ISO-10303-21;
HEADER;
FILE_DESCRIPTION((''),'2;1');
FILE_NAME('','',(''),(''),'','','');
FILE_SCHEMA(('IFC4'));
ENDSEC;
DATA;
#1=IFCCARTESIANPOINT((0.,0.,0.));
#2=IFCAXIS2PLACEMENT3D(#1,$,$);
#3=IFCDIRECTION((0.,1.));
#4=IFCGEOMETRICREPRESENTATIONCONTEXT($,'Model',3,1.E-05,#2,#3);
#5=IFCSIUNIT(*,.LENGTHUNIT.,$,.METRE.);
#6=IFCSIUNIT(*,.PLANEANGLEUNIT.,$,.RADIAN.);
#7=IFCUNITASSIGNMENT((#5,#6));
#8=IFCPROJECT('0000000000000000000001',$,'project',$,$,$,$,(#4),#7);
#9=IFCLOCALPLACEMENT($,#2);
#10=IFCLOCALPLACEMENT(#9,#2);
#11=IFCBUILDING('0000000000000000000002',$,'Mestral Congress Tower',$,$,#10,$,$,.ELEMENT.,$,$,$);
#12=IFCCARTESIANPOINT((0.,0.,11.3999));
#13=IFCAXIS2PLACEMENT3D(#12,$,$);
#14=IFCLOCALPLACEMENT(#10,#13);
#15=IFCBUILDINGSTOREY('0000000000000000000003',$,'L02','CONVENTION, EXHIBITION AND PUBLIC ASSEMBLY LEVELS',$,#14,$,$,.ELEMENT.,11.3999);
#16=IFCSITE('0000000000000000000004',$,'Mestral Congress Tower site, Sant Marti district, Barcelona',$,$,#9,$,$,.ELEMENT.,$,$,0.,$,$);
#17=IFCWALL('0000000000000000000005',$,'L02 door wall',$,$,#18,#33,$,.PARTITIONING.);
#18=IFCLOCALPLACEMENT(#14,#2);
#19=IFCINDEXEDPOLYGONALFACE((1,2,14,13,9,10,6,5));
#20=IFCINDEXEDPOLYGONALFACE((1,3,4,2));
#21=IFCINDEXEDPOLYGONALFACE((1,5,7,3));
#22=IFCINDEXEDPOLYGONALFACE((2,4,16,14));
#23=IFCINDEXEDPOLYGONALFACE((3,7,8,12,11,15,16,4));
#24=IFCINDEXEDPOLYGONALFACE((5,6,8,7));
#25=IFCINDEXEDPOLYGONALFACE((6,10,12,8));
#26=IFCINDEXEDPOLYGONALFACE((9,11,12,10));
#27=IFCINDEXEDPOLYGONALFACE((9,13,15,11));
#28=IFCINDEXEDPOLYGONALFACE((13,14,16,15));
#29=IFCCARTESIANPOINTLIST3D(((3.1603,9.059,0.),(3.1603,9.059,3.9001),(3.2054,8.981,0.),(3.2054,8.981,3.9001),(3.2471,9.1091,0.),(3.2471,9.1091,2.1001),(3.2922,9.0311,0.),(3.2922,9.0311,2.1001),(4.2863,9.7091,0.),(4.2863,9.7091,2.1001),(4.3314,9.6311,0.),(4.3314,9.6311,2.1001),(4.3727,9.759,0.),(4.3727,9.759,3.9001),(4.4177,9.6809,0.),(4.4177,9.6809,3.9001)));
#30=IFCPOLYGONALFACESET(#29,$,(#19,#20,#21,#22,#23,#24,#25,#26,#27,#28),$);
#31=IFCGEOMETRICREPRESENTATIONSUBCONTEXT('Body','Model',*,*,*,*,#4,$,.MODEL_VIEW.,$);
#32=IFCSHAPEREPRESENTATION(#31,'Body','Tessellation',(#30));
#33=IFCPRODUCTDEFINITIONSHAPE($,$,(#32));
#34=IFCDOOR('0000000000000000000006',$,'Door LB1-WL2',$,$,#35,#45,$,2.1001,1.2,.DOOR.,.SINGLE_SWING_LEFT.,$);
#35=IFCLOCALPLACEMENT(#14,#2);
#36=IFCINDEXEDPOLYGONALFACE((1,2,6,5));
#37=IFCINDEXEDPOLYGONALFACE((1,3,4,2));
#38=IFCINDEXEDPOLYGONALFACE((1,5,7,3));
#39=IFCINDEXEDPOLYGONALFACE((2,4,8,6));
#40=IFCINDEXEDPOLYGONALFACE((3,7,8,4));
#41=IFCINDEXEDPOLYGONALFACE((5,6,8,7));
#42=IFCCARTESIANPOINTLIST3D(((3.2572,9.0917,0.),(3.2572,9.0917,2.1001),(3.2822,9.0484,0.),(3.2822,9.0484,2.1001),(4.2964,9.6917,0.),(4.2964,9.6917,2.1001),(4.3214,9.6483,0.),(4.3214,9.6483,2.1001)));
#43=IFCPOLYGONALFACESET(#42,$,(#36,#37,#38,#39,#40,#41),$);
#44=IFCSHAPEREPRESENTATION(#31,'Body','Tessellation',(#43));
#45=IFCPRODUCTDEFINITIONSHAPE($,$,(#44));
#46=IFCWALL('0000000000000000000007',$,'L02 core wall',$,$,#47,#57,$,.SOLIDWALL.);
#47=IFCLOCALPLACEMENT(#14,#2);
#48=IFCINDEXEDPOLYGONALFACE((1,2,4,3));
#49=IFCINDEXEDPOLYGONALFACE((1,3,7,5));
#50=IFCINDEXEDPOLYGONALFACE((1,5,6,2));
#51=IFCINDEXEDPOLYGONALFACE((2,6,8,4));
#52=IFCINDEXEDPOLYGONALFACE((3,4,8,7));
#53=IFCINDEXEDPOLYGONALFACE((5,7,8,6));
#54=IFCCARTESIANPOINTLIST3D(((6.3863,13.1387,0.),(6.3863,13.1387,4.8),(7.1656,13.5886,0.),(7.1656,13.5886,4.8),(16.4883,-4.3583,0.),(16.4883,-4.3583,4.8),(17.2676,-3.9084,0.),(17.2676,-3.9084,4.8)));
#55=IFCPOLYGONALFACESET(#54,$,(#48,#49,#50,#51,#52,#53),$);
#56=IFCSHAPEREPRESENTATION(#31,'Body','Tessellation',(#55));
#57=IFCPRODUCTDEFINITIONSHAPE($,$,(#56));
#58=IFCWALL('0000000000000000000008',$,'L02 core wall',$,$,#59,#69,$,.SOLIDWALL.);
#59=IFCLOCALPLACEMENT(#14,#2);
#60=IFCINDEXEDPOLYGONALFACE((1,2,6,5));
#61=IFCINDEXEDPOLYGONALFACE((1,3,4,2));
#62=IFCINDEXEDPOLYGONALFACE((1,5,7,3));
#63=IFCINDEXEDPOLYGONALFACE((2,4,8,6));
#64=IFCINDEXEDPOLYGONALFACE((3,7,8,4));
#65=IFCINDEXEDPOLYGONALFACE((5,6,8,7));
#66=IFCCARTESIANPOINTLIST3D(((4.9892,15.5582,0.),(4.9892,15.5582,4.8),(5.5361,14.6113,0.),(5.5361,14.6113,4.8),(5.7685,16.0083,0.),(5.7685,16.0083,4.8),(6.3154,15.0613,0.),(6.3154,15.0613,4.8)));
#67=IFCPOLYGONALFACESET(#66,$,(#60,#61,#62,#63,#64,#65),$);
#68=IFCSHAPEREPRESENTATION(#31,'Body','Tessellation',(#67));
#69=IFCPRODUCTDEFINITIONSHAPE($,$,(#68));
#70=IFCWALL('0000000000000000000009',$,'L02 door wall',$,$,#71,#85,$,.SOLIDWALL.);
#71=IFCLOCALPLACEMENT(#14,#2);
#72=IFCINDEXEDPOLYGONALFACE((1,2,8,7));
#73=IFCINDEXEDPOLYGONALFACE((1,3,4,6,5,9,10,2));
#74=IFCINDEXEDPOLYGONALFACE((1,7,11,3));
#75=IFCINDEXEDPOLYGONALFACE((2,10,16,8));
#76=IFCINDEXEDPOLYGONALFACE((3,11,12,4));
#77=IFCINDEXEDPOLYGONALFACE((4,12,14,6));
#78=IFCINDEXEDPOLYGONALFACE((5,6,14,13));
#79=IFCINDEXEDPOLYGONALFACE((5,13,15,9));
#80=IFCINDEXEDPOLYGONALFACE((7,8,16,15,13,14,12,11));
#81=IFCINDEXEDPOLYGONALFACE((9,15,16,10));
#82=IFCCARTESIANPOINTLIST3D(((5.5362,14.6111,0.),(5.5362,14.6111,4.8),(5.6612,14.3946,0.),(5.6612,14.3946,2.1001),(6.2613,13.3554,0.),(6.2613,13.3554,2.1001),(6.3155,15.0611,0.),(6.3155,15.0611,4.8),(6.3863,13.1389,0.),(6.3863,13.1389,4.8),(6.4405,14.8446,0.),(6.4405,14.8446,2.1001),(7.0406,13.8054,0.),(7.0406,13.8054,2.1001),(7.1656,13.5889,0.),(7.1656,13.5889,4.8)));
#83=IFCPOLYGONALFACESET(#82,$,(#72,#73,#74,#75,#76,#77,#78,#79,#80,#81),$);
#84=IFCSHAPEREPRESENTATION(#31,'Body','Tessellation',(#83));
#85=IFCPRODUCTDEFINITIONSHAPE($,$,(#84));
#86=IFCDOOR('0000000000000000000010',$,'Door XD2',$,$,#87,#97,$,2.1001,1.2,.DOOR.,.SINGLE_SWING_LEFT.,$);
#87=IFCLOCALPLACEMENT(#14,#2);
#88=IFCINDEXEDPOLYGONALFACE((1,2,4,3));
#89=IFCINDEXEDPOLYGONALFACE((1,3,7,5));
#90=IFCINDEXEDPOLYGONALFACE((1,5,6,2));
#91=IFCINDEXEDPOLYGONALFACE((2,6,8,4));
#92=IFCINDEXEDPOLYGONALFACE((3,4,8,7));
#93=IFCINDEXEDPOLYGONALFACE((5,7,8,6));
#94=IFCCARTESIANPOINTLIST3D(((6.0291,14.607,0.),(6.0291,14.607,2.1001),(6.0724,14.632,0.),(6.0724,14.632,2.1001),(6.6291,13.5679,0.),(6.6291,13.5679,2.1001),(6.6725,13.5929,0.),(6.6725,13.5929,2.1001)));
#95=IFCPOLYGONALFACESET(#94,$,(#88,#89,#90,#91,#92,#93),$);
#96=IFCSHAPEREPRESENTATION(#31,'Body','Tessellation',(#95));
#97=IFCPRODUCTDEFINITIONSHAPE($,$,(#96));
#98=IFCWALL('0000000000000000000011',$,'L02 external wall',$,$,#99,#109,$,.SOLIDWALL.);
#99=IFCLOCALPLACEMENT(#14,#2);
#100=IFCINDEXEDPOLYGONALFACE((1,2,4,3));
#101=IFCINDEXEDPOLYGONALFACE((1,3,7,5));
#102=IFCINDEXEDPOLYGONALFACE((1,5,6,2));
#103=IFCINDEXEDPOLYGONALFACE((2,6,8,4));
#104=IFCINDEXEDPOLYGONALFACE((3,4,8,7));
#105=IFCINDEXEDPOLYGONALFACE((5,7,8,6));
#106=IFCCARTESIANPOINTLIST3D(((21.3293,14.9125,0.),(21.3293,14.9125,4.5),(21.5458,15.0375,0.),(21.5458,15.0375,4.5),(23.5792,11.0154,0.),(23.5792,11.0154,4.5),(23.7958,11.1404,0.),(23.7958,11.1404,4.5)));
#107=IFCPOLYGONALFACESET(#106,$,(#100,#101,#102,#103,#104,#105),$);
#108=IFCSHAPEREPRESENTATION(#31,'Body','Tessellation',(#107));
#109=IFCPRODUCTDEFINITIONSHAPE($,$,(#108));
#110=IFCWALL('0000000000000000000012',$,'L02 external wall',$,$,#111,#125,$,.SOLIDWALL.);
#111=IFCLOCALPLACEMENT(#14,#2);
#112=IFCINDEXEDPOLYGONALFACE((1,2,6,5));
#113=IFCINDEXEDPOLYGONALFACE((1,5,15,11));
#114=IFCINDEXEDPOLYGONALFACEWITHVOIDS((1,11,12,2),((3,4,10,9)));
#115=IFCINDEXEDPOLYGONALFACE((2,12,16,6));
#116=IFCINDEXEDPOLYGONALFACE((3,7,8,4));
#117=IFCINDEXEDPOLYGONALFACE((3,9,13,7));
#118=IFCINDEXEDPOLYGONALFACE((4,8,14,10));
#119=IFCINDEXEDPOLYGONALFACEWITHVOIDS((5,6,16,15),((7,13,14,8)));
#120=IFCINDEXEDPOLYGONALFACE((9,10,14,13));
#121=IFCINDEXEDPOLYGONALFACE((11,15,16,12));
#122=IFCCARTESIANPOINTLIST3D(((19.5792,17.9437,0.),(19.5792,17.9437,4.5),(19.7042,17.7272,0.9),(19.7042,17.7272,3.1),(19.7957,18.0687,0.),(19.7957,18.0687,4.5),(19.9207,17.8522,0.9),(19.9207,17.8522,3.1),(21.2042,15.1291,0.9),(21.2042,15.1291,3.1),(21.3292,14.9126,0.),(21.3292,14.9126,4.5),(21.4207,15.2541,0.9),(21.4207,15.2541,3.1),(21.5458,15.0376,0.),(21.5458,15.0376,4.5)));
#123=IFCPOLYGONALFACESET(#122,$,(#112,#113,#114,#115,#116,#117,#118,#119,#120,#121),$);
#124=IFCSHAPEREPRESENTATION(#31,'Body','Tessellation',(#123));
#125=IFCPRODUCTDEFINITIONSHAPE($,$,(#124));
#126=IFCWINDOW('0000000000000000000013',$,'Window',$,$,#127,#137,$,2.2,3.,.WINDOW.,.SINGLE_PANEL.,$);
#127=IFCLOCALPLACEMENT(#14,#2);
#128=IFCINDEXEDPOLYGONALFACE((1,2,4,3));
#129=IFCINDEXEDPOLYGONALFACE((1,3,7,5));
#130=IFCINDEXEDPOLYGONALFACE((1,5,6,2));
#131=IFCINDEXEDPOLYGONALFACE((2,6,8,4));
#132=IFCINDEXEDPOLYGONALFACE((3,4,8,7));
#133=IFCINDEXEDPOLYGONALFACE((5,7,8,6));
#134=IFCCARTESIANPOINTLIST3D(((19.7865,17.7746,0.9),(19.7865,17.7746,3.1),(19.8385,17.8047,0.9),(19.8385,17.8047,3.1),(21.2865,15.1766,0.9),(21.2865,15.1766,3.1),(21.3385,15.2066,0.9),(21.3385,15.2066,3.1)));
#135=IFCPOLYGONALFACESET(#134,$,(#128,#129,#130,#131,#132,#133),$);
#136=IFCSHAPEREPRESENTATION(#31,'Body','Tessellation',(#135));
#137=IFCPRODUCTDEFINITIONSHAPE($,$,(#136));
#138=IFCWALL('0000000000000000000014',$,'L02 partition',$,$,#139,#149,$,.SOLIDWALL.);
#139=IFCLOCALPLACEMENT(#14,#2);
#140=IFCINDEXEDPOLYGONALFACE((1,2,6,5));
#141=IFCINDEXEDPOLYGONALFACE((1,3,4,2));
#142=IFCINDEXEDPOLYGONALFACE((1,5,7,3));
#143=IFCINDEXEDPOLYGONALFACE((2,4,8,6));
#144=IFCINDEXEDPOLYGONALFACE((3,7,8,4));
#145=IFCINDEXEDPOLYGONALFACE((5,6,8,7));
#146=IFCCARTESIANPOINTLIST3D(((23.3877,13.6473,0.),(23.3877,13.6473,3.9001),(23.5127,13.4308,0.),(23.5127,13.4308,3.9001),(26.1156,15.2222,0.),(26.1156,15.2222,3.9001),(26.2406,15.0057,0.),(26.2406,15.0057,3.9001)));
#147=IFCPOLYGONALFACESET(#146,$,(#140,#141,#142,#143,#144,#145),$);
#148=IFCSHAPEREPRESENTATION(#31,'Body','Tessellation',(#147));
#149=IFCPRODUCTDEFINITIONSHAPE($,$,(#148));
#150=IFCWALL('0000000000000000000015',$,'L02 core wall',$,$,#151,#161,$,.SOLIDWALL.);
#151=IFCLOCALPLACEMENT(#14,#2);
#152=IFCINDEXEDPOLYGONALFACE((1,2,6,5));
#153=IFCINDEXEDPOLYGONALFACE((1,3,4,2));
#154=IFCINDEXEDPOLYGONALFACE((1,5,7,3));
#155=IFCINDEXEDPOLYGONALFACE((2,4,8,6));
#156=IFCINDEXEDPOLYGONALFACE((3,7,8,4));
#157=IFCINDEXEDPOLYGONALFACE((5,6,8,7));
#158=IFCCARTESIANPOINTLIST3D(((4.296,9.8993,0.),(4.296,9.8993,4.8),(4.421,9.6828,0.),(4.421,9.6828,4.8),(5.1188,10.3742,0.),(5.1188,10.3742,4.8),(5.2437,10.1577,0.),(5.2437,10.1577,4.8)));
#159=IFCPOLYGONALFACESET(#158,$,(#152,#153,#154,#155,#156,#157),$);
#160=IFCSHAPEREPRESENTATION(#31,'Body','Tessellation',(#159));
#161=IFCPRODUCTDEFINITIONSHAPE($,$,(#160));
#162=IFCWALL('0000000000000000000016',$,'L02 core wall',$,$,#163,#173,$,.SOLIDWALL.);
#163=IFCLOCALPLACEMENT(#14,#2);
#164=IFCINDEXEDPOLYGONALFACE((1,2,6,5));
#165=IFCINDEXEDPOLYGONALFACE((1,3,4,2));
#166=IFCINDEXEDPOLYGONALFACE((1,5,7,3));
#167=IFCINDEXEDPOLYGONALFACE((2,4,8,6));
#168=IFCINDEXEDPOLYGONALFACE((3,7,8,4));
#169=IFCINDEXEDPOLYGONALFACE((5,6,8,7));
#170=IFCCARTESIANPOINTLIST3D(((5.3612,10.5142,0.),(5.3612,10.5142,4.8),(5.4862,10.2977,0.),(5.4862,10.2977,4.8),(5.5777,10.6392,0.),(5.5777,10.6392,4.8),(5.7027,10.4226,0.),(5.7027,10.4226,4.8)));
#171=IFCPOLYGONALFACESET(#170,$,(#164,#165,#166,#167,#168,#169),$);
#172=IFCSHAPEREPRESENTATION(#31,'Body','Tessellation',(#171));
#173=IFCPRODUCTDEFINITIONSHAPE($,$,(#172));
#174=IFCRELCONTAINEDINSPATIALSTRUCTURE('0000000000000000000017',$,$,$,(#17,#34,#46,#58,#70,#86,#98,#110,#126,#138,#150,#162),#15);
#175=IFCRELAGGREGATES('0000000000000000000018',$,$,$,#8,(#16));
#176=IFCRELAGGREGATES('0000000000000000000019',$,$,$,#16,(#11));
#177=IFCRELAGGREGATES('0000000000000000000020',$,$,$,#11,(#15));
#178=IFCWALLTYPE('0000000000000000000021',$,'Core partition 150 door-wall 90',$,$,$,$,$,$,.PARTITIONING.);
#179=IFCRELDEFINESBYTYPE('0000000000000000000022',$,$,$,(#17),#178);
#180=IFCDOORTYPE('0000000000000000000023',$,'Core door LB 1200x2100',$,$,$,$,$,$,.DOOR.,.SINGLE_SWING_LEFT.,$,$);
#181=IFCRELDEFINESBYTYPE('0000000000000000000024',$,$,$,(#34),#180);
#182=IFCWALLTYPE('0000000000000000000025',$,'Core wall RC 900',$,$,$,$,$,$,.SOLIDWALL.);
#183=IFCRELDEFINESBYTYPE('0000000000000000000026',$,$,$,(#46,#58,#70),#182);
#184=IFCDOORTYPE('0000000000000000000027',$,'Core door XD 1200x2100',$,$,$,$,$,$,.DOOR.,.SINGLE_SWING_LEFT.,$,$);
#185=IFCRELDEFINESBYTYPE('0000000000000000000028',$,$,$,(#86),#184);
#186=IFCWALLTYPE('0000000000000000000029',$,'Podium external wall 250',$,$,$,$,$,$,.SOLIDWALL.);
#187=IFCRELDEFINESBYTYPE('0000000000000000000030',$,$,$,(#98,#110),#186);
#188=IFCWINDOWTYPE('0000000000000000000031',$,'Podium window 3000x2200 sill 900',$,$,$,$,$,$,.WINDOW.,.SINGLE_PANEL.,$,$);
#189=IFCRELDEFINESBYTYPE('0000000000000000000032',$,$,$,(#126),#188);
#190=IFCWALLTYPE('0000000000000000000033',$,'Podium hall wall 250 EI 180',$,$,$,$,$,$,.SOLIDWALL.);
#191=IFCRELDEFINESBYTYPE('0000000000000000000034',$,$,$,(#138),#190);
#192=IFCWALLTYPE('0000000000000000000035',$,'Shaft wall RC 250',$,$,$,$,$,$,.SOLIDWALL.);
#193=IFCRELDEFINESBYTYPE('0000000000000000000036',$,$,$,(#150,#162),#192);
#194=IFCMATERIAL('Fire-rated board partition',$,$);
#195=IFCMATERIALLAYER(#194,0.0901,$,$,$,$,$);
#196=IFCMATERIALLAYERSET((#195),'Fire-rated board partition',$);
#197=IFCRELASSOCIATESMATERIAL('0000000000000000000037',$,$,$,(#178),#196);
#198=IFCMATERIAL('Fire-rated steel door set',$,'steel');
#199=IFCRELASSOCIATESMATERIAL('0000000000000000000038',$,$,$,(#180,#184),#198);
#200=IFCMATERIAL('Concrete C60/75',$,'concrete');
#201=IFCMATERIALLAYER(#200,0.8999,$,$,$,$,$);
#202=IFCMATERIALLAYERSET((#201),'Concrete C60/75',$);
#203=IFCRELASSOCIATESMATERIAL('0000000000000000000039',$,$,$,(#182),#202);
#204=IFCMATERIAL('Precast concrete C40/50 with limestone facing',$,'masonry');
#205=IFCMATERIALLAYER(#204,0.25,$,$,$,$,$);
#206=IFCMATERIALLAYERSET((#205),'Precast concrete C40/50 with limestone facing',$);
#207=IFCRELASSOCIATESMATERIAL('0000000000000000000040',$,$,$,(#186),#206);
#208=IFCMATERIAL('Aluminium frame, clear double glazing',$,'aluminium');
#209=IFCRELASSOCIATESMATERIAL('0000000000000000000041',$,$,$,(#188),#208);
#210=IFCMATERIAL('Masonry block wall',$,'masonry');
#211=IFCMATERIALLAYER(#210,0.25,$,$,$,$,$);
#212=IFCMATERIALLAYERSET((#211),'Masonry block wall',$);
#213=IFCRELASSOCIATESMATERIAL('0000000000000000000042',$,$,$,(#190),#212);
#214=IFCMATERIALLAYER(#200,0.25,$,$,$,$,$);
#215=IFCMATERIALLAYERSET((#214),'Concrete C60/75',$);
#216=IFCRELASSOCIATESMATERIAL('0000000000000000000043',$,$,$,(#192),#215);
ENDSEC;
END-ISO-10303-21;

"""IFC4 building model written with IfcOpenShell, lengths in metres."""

from ifc_helpers import new_model, si_unit, direction, frame, frame_2d, origin, place, context, subcontext, project, spatial, rectangle, extrude, material, layer, layer_set, type_object, element, fill, save


model = new_model("IFC4")

# Units and contexts
model_context = context("Model", 3, precision=1e-05, world=origin(), true_north=direction((0.0, 1.0)))
body_context = subcontext(model_context, "Body", "Model", "MODEL_VIEW")
ifc_project = project(units=[si_unit("LENGTHUNIT", "METRE"), si_unit("PLANEANGLEUNIT", "RADIAN")], contexts=[model_context])

# Site, building, storey
site_placement = place(None, origin())
site = spatial("IfcSite", under=ifc_project, at=site_placement, Name="Mestral Congress Tower site, Sant Marti district, Barcelona", CompositionType="ELEMENT", RefElevation=0.0)
building_placement = place(site_placement, origin())
building = spatial("IfcBuilding", under=site, at=building_placement, Name="Mestral Congress Tower", CompositionType="ELEMENT")
storey_placement = place(building_placement, frame((0.0, 0.0, 11.3999)))
storey = spatial("IfcBuildingStorey", under=building, at=storey_placement, Name="L02", Description="CONVENTION, EXHIBITION AND PUBLIC ASSEMBLY LEVELS", CompositionType="ELEMENT", Elevation=11.3999)

# Shared definitions
ifc_material_1 = material(Name="Fire-rated board partition")

# Wall, opening, door
ifc_layer_1 = layer(ifc_material_1, 0.0901)
ifc_layer_set_1 = layer_set([ifc_layer_1], Name="Fire-rated board partition")
wall_type_1 = type_object("IfcWallType", Name="Core partition 150 door-wall 90", PredefinedType="PARTITIONING", material=ifc_layer_set_1)
wall_1_placement = place(storey_placement, frame((3.1829, 9.02, 0.0), z_axis=(0.0, 0.0, 1.0), x_axis=(0.866035, 0.499984, 0.0)))
wall_1 = element("IfcWall", 1, at=wall_1_placement, inside=storey, type_object=wall_type_1, Name="L02 door wall", PredefinedType="PARTITIONING", context=body_context, shape_type="SweptSolid", body=[
    extrude(rectangle(XDim=1.3999, YDim=0.0901, at=frame_2d((0.7, 0.0))), origin(), (0.0, 0.0, 1.0), 3.9001),
])
opening_1_placement = place(wall_1_placement, frame((0.1001, 0.0, 0.0)))
opening_1 = element("IfcOpeningElement", 2, at=opening_1_placement, cuts=wall_1, PredefinedType="OPENING", context=body_context, shape_type="SweptSolid", body=[
    extrude(rectangle(XDim=1.2, YDim=2.1001, at=frame_2d((0.6001, 1.05))), frame((0.0, 0.0549, 0.0), z_axis=(0.0, -1.0, 0.0), x_axis=(1.0, 0.0, 0.0)), (0.0, 0.0, 1.0), 0.1101),
])
ifc_material_2 = material(Name="Fire-rated steel door set", Category="steel")
door_type_1 = type_object("IfcDoorType", Name="Core door LB 1200x2100", OperationType="SINGLE_SWING_LEFT", PredefinedType="DOOR", material=ifc_material_2)
door_1_placement = place(opening_1_placement, origin())
door_1 = element("IfcDoor", 3, at=door_1_placement, inside=storey, type_object=door_type_1, Name="Door LB1-WL2", OperationType="SINGLE_SWING_LEFT", OverallHeight=2.1001, OverallWidth=1.2, PredefinedType="DOOR", context=body_context, shape_type="SweptSolid", body=[
    extrude(rectangle(XDim=1.2, YDim=2.1001, at=frame_2d((0.6001, 1.05))), frame((0.0, 0.0249, 0.0), z_axis=(0.0, -1.0, 0.0), x_axis=(1.0, 0.0, 0.0)), (0.0, 0.0, 1.0), 0.05),
])
fill(opening_1, door_1)

# Walls
ifc_material_3 = material(Name="Concrete C60/75", Category="concrete")
ifc_layer_2 = layer(ifc_material_3, 0.8999)
ifc_layer_set_2 = layer_set([ifc_layer_2], Name="Concrete C60/75")
wall_type_2 = type_object("IfcWallType", Name="Core wall RC 900", PredefinedType="SOLIDWALL", material=ifc_layer_set_2)
wall_2_placement = place(storey_placement, frame((6.7759, 13.3638, 0.0), z_axis=(0.0, 0.0, 1.0), x_axis=(0.500004, -0.866023, 0.0)))
element("IfcWall", 4, at=wall_2_placement, inside=storey, type_object=wall_type_2, Name="L02 core wall", PredefinedType="SOLIDWALL", context=body_context, shape_type="SweptSolid", body=[
    extrude(rectangle(XDim=20.2039, YDim=0.8999, at=frame_2d((10.1021, 0.0))), origin(), (0.0, 0.0, 1.0), 4.8),
])
wall_3_placement = place(storey_placement, frame((5.9258, 14.8362, 0.0), z_axis=(0.0, 0.0, 1.0), x_axis=(-0.500077, 0.865981, 0.0)))
element("IfcWall", 5, at=wall_3_placement, inside=storey, type_object=wall_type_2, Name="L02 core wall", PredefinedType="SOLIDWALL", context=body_context, shape_type="SweptSolid", body=[
    extrude(rectangle(XDim=1.0935, YDim=0.8999, at=frame_2d((0.5469, 0.0))), origin(), (0.0, 0.0, 1.0), 4.8),
])

# Wall, opening, door
wall_4_placement = place(storey_placement, frame((5.9258, 14.8362, 0.0), z_axis=(0.0, 0.0, 1.0), x_axis=(0.500062, -0.865989, 0.0)))
wall_4 = element("IfcWall", 6, at=wall_4_placement, inside=storey, type_object=wall_type_2, Name="L02 door wall", PredefinedType="SOLIDWALL", context=body_context, shape_type="SweptSolid", body=[
    extrude(rectangle(XDim=1.7, YDim=0.8999, at=frame_2d((0.8501, 0.0))), origin(), (0.0, 0.0, 1.0), 4.8),
])
opening_2_placement = place(wall_4_placement, frame((0.25, 0.0, 0.0)))
opening_2 = element("IfcOpeningElement", 7, at=opening_2_placement, cuts=wall_4, PredefinedType="OPENING", context=body_context, shape_type="SweptSolid", body=[
    extrude(rectangle(XDim=1.2, YDim=2.1001, at=frame_2d((0.6001, 1.05))), frame((0.0, 0.46, 0.0), z_axis=(0.0, -1.0, 0.0), x_axis=(1.0, 0.0, 0.0)), (0.0, 0.0, 1.0), 0.9199),
])
door_type_2 = type_object("IfcDoorType", Name="Core door XD 1200x2100", OperationType="SINGLE_SWING_LEFT", PredefinedType="DOOR", material=ifc_material_2)
door_2_placement = place(opening_2_placement, origin())
door_2 = element("IfcDoor", 8, at=door_2_placement, inside=storey, type_object=door_type_2, Name="Door XD2", OperationType="SINGLE_SWING_LEFT", OverallHeight=2.1001, OverallWidth=1.2, PredefinedType="DOOR", context=body_context, shape_type="SweptSolid", body=[
    extrude(rectangle(XDim=1.2, YDim=2.1001, at=frame_2d((0.6001, 1.05))), frame((0.0, 0.0249, 0.0), z_axis=(0.0, -1.0, 0.0), x_axis=(1.0, 0.0, 0.0)), (0.0, 0.0, 1.0), 0.05),
])
fill(opening_2, door_2)

# Wall
ifc_material_4 = material(Name="Precast concrete C40/50 with limestone facing", Category="masonry")
ifc_layer_3 = layer(ifc_material_4, 0.25)
ifc_layer_set_3 = layer_set([ifc_layer_3], Name="Precast concrete C40/50 with limestone facing")
wall_type_3 = type_object("IfcWallType", Name="Podium external wall 250", PredefinedType="SOLIDWALL", material=ifc_layer_set_3)
wall_5_placement = place(storey_placement, frame((23.6875, 11.0779, 0.0), z_axis=(0.0, 0.0, 1.0), x_axis=(-0.49999, 0.866031, 0.0)))
element("IfcWall", 9, at=wall_5_placement, inside=storey, type_object=wall_type_3, Name="L02 external wall", PredefinedType="SOLIDWALL", context=body_context, shape_type="SweptSolid", body=[
    extrude(rectangle(XDim=4.5, YDim=0.25, at=frame_2d((2.25, 0.0))), origin(), (0.0, 0.0, 1.0), 4.5),
])

# Wall, opening, window
wall_6_placement = place(storey_placement, frame((21.4375, 14.9751, 0.0), z_axis=(0.0, 0.0, 1.0), x_axis=(-0.50001, 0.866019, 0.0)))
wall_6 = element("IfcWall", 10, at=wall_6_placement, inside=storey, type_object=wall_type_3, Name="L02 external wall", PredefinedType="SOLIDWALL", context=body_context, shape_type="SweptSolid", body=[
    extrude(rectangle(XDim=3.5, YDim=0.25, at=frame_2d((1.75, 0.0))), origin(), (0.0, 0.0, 1.0), 4.5),
])
opening_3_placement = place(wall_6_placement, frame((0.25, 0.0, 0.8999)))
opening_3 = element("IfcOpeningElement", 11, at=opening_3_placement, cuts=wall_6, PredefinedType="OPENING", context=body_context, shape_type="SweptSolid", body=[
    extrude(rectangle(XDim=3.0, YDim=2.2, at=frame_2d((1.5, 1.1001))), frame((0.0, 0.135, 0.0), z_axis=(0.0, -1.0, 0.0), x_axis=(1.0, 0.0, 0.0)), (0.0, 0.0, 1.0), 0.27),
])
ifc_material_5 = material(Name="Aluminium frame, clear double glazing", Category="aluminium")
window_type = type_object("IfcWindowType", Name="Podium window 3000x2200 sill 900", PartitioningType="SINGLE_PANEL", PredefinedType="WINDOW", material=ifc_material_5)
window_placement = place(opening_3_placement, origin())
window = element("IfcWindow", 12, at=window_placement, inside=storey, type_object=window_type, Name="Window", OverallHeight=2.2, OverallWidth=3.0, PartitioningType="SINGLE_PANEL", PredefinedType="WINDOW", context=body_context, shape_type="SweptSolid", body=[
    extrude(rectangle(XDim=3.0, YDim=2.2, at=frame_2d((1.5, 1.1001))), frame((0.0, 0.03, 0.0), z_axis=(0.0, -1.0, 0.0), x_axis=(1.0, 0.0, 0.0)), (0.0, 0.0, 1.0), 0.0601),
])
fill(opening_3, window)

# Walls
ifc_material_6 = material(Name="Masonry block wall", Category="masonry")
ifc_layer_4 = layer(ifc_material_6, 0.25)
ifc_layer_set_4 = layer_set([ifc_layer_4], Name="Masonry block wall")
wall_type_4 = type_object("IfcWallType", Name="Podium hall wall 250 EI 180", PredefinedType="SOLIDWALL", material=ifc_layer_set_4)
wall_7_placement = place(storey_placement, frame((23.4502, 13.5391, 0.0), z_axis=(0.0, 0.0, 1.0), x_axis=(0.866036, 0.499982, 0.0)))
element("IfcWall", 13, at=wall_7_placement, inside=storey, type_object=wall_type_4, Name="L02 partition", PredefinedType="SOLIDWALL", context=body_context, shape_type="SweptSolid", body=[
    extrude(rectangle(XDim=3.1499, YDim=0.25, at=frame_2d((1.575, 0.0))), origin(), (0.0, 0.0, 1.0), 3.9001),
])
ifc_layer_5 = layer(ifc_material_3, 0.25)
ifc_layer_set_5 = layer_set([ifc_layer_5], Name="Concrete C60/75")
wall_type_5 = type_object("IfcWallType", Name="Shaft wall RC 250", PredefinedType="SOLIDWALL", material=ifc_layer_set_5)
wall_8_placement = place(storey_placement, frame((4.3584, 9.791, 0.0), z_axis=(0.0, 0.0, 1.0), x_axis=(0.8661, 0.499871, 0.0)))
element("IfcWall", 14, at=wall_8_placement, inside=storey, type_object=wall_type_5, Name="L02 core wall", PredefinedType="SOLIDWALL", context=body_context, shape_type="SweptSolid", body=[
    extrude(rectangle(XDim=0.95, YDim=0.25, at=frame_2d((0.4751, 0.0))), origin(), (0.0, 0.0, 1.0), 4.8),
])
wall_9_placement = place(storey_placement, frame((5.4695, 10.5767, 0.0), z_axis=(0.0, 0.0, 1.0), x_axis=(0.49992, -0.866072, 0.0)))
element("IfcWall", 15, at=wall_9_placement, inside=storey, type_object=wall_type_5, Name="L02 core wall", PredefinedType="SOLIDWALL", context=body_context, shape_type="SweptSolid", body=[
    extrude(rectangle(XDim=0.25, YDim=0.25, at=frame_2d((0.125, 0.0))), origin(), (0.0, 0.0, 1.0), 4.8),
])

save(model, "model.ifc")
